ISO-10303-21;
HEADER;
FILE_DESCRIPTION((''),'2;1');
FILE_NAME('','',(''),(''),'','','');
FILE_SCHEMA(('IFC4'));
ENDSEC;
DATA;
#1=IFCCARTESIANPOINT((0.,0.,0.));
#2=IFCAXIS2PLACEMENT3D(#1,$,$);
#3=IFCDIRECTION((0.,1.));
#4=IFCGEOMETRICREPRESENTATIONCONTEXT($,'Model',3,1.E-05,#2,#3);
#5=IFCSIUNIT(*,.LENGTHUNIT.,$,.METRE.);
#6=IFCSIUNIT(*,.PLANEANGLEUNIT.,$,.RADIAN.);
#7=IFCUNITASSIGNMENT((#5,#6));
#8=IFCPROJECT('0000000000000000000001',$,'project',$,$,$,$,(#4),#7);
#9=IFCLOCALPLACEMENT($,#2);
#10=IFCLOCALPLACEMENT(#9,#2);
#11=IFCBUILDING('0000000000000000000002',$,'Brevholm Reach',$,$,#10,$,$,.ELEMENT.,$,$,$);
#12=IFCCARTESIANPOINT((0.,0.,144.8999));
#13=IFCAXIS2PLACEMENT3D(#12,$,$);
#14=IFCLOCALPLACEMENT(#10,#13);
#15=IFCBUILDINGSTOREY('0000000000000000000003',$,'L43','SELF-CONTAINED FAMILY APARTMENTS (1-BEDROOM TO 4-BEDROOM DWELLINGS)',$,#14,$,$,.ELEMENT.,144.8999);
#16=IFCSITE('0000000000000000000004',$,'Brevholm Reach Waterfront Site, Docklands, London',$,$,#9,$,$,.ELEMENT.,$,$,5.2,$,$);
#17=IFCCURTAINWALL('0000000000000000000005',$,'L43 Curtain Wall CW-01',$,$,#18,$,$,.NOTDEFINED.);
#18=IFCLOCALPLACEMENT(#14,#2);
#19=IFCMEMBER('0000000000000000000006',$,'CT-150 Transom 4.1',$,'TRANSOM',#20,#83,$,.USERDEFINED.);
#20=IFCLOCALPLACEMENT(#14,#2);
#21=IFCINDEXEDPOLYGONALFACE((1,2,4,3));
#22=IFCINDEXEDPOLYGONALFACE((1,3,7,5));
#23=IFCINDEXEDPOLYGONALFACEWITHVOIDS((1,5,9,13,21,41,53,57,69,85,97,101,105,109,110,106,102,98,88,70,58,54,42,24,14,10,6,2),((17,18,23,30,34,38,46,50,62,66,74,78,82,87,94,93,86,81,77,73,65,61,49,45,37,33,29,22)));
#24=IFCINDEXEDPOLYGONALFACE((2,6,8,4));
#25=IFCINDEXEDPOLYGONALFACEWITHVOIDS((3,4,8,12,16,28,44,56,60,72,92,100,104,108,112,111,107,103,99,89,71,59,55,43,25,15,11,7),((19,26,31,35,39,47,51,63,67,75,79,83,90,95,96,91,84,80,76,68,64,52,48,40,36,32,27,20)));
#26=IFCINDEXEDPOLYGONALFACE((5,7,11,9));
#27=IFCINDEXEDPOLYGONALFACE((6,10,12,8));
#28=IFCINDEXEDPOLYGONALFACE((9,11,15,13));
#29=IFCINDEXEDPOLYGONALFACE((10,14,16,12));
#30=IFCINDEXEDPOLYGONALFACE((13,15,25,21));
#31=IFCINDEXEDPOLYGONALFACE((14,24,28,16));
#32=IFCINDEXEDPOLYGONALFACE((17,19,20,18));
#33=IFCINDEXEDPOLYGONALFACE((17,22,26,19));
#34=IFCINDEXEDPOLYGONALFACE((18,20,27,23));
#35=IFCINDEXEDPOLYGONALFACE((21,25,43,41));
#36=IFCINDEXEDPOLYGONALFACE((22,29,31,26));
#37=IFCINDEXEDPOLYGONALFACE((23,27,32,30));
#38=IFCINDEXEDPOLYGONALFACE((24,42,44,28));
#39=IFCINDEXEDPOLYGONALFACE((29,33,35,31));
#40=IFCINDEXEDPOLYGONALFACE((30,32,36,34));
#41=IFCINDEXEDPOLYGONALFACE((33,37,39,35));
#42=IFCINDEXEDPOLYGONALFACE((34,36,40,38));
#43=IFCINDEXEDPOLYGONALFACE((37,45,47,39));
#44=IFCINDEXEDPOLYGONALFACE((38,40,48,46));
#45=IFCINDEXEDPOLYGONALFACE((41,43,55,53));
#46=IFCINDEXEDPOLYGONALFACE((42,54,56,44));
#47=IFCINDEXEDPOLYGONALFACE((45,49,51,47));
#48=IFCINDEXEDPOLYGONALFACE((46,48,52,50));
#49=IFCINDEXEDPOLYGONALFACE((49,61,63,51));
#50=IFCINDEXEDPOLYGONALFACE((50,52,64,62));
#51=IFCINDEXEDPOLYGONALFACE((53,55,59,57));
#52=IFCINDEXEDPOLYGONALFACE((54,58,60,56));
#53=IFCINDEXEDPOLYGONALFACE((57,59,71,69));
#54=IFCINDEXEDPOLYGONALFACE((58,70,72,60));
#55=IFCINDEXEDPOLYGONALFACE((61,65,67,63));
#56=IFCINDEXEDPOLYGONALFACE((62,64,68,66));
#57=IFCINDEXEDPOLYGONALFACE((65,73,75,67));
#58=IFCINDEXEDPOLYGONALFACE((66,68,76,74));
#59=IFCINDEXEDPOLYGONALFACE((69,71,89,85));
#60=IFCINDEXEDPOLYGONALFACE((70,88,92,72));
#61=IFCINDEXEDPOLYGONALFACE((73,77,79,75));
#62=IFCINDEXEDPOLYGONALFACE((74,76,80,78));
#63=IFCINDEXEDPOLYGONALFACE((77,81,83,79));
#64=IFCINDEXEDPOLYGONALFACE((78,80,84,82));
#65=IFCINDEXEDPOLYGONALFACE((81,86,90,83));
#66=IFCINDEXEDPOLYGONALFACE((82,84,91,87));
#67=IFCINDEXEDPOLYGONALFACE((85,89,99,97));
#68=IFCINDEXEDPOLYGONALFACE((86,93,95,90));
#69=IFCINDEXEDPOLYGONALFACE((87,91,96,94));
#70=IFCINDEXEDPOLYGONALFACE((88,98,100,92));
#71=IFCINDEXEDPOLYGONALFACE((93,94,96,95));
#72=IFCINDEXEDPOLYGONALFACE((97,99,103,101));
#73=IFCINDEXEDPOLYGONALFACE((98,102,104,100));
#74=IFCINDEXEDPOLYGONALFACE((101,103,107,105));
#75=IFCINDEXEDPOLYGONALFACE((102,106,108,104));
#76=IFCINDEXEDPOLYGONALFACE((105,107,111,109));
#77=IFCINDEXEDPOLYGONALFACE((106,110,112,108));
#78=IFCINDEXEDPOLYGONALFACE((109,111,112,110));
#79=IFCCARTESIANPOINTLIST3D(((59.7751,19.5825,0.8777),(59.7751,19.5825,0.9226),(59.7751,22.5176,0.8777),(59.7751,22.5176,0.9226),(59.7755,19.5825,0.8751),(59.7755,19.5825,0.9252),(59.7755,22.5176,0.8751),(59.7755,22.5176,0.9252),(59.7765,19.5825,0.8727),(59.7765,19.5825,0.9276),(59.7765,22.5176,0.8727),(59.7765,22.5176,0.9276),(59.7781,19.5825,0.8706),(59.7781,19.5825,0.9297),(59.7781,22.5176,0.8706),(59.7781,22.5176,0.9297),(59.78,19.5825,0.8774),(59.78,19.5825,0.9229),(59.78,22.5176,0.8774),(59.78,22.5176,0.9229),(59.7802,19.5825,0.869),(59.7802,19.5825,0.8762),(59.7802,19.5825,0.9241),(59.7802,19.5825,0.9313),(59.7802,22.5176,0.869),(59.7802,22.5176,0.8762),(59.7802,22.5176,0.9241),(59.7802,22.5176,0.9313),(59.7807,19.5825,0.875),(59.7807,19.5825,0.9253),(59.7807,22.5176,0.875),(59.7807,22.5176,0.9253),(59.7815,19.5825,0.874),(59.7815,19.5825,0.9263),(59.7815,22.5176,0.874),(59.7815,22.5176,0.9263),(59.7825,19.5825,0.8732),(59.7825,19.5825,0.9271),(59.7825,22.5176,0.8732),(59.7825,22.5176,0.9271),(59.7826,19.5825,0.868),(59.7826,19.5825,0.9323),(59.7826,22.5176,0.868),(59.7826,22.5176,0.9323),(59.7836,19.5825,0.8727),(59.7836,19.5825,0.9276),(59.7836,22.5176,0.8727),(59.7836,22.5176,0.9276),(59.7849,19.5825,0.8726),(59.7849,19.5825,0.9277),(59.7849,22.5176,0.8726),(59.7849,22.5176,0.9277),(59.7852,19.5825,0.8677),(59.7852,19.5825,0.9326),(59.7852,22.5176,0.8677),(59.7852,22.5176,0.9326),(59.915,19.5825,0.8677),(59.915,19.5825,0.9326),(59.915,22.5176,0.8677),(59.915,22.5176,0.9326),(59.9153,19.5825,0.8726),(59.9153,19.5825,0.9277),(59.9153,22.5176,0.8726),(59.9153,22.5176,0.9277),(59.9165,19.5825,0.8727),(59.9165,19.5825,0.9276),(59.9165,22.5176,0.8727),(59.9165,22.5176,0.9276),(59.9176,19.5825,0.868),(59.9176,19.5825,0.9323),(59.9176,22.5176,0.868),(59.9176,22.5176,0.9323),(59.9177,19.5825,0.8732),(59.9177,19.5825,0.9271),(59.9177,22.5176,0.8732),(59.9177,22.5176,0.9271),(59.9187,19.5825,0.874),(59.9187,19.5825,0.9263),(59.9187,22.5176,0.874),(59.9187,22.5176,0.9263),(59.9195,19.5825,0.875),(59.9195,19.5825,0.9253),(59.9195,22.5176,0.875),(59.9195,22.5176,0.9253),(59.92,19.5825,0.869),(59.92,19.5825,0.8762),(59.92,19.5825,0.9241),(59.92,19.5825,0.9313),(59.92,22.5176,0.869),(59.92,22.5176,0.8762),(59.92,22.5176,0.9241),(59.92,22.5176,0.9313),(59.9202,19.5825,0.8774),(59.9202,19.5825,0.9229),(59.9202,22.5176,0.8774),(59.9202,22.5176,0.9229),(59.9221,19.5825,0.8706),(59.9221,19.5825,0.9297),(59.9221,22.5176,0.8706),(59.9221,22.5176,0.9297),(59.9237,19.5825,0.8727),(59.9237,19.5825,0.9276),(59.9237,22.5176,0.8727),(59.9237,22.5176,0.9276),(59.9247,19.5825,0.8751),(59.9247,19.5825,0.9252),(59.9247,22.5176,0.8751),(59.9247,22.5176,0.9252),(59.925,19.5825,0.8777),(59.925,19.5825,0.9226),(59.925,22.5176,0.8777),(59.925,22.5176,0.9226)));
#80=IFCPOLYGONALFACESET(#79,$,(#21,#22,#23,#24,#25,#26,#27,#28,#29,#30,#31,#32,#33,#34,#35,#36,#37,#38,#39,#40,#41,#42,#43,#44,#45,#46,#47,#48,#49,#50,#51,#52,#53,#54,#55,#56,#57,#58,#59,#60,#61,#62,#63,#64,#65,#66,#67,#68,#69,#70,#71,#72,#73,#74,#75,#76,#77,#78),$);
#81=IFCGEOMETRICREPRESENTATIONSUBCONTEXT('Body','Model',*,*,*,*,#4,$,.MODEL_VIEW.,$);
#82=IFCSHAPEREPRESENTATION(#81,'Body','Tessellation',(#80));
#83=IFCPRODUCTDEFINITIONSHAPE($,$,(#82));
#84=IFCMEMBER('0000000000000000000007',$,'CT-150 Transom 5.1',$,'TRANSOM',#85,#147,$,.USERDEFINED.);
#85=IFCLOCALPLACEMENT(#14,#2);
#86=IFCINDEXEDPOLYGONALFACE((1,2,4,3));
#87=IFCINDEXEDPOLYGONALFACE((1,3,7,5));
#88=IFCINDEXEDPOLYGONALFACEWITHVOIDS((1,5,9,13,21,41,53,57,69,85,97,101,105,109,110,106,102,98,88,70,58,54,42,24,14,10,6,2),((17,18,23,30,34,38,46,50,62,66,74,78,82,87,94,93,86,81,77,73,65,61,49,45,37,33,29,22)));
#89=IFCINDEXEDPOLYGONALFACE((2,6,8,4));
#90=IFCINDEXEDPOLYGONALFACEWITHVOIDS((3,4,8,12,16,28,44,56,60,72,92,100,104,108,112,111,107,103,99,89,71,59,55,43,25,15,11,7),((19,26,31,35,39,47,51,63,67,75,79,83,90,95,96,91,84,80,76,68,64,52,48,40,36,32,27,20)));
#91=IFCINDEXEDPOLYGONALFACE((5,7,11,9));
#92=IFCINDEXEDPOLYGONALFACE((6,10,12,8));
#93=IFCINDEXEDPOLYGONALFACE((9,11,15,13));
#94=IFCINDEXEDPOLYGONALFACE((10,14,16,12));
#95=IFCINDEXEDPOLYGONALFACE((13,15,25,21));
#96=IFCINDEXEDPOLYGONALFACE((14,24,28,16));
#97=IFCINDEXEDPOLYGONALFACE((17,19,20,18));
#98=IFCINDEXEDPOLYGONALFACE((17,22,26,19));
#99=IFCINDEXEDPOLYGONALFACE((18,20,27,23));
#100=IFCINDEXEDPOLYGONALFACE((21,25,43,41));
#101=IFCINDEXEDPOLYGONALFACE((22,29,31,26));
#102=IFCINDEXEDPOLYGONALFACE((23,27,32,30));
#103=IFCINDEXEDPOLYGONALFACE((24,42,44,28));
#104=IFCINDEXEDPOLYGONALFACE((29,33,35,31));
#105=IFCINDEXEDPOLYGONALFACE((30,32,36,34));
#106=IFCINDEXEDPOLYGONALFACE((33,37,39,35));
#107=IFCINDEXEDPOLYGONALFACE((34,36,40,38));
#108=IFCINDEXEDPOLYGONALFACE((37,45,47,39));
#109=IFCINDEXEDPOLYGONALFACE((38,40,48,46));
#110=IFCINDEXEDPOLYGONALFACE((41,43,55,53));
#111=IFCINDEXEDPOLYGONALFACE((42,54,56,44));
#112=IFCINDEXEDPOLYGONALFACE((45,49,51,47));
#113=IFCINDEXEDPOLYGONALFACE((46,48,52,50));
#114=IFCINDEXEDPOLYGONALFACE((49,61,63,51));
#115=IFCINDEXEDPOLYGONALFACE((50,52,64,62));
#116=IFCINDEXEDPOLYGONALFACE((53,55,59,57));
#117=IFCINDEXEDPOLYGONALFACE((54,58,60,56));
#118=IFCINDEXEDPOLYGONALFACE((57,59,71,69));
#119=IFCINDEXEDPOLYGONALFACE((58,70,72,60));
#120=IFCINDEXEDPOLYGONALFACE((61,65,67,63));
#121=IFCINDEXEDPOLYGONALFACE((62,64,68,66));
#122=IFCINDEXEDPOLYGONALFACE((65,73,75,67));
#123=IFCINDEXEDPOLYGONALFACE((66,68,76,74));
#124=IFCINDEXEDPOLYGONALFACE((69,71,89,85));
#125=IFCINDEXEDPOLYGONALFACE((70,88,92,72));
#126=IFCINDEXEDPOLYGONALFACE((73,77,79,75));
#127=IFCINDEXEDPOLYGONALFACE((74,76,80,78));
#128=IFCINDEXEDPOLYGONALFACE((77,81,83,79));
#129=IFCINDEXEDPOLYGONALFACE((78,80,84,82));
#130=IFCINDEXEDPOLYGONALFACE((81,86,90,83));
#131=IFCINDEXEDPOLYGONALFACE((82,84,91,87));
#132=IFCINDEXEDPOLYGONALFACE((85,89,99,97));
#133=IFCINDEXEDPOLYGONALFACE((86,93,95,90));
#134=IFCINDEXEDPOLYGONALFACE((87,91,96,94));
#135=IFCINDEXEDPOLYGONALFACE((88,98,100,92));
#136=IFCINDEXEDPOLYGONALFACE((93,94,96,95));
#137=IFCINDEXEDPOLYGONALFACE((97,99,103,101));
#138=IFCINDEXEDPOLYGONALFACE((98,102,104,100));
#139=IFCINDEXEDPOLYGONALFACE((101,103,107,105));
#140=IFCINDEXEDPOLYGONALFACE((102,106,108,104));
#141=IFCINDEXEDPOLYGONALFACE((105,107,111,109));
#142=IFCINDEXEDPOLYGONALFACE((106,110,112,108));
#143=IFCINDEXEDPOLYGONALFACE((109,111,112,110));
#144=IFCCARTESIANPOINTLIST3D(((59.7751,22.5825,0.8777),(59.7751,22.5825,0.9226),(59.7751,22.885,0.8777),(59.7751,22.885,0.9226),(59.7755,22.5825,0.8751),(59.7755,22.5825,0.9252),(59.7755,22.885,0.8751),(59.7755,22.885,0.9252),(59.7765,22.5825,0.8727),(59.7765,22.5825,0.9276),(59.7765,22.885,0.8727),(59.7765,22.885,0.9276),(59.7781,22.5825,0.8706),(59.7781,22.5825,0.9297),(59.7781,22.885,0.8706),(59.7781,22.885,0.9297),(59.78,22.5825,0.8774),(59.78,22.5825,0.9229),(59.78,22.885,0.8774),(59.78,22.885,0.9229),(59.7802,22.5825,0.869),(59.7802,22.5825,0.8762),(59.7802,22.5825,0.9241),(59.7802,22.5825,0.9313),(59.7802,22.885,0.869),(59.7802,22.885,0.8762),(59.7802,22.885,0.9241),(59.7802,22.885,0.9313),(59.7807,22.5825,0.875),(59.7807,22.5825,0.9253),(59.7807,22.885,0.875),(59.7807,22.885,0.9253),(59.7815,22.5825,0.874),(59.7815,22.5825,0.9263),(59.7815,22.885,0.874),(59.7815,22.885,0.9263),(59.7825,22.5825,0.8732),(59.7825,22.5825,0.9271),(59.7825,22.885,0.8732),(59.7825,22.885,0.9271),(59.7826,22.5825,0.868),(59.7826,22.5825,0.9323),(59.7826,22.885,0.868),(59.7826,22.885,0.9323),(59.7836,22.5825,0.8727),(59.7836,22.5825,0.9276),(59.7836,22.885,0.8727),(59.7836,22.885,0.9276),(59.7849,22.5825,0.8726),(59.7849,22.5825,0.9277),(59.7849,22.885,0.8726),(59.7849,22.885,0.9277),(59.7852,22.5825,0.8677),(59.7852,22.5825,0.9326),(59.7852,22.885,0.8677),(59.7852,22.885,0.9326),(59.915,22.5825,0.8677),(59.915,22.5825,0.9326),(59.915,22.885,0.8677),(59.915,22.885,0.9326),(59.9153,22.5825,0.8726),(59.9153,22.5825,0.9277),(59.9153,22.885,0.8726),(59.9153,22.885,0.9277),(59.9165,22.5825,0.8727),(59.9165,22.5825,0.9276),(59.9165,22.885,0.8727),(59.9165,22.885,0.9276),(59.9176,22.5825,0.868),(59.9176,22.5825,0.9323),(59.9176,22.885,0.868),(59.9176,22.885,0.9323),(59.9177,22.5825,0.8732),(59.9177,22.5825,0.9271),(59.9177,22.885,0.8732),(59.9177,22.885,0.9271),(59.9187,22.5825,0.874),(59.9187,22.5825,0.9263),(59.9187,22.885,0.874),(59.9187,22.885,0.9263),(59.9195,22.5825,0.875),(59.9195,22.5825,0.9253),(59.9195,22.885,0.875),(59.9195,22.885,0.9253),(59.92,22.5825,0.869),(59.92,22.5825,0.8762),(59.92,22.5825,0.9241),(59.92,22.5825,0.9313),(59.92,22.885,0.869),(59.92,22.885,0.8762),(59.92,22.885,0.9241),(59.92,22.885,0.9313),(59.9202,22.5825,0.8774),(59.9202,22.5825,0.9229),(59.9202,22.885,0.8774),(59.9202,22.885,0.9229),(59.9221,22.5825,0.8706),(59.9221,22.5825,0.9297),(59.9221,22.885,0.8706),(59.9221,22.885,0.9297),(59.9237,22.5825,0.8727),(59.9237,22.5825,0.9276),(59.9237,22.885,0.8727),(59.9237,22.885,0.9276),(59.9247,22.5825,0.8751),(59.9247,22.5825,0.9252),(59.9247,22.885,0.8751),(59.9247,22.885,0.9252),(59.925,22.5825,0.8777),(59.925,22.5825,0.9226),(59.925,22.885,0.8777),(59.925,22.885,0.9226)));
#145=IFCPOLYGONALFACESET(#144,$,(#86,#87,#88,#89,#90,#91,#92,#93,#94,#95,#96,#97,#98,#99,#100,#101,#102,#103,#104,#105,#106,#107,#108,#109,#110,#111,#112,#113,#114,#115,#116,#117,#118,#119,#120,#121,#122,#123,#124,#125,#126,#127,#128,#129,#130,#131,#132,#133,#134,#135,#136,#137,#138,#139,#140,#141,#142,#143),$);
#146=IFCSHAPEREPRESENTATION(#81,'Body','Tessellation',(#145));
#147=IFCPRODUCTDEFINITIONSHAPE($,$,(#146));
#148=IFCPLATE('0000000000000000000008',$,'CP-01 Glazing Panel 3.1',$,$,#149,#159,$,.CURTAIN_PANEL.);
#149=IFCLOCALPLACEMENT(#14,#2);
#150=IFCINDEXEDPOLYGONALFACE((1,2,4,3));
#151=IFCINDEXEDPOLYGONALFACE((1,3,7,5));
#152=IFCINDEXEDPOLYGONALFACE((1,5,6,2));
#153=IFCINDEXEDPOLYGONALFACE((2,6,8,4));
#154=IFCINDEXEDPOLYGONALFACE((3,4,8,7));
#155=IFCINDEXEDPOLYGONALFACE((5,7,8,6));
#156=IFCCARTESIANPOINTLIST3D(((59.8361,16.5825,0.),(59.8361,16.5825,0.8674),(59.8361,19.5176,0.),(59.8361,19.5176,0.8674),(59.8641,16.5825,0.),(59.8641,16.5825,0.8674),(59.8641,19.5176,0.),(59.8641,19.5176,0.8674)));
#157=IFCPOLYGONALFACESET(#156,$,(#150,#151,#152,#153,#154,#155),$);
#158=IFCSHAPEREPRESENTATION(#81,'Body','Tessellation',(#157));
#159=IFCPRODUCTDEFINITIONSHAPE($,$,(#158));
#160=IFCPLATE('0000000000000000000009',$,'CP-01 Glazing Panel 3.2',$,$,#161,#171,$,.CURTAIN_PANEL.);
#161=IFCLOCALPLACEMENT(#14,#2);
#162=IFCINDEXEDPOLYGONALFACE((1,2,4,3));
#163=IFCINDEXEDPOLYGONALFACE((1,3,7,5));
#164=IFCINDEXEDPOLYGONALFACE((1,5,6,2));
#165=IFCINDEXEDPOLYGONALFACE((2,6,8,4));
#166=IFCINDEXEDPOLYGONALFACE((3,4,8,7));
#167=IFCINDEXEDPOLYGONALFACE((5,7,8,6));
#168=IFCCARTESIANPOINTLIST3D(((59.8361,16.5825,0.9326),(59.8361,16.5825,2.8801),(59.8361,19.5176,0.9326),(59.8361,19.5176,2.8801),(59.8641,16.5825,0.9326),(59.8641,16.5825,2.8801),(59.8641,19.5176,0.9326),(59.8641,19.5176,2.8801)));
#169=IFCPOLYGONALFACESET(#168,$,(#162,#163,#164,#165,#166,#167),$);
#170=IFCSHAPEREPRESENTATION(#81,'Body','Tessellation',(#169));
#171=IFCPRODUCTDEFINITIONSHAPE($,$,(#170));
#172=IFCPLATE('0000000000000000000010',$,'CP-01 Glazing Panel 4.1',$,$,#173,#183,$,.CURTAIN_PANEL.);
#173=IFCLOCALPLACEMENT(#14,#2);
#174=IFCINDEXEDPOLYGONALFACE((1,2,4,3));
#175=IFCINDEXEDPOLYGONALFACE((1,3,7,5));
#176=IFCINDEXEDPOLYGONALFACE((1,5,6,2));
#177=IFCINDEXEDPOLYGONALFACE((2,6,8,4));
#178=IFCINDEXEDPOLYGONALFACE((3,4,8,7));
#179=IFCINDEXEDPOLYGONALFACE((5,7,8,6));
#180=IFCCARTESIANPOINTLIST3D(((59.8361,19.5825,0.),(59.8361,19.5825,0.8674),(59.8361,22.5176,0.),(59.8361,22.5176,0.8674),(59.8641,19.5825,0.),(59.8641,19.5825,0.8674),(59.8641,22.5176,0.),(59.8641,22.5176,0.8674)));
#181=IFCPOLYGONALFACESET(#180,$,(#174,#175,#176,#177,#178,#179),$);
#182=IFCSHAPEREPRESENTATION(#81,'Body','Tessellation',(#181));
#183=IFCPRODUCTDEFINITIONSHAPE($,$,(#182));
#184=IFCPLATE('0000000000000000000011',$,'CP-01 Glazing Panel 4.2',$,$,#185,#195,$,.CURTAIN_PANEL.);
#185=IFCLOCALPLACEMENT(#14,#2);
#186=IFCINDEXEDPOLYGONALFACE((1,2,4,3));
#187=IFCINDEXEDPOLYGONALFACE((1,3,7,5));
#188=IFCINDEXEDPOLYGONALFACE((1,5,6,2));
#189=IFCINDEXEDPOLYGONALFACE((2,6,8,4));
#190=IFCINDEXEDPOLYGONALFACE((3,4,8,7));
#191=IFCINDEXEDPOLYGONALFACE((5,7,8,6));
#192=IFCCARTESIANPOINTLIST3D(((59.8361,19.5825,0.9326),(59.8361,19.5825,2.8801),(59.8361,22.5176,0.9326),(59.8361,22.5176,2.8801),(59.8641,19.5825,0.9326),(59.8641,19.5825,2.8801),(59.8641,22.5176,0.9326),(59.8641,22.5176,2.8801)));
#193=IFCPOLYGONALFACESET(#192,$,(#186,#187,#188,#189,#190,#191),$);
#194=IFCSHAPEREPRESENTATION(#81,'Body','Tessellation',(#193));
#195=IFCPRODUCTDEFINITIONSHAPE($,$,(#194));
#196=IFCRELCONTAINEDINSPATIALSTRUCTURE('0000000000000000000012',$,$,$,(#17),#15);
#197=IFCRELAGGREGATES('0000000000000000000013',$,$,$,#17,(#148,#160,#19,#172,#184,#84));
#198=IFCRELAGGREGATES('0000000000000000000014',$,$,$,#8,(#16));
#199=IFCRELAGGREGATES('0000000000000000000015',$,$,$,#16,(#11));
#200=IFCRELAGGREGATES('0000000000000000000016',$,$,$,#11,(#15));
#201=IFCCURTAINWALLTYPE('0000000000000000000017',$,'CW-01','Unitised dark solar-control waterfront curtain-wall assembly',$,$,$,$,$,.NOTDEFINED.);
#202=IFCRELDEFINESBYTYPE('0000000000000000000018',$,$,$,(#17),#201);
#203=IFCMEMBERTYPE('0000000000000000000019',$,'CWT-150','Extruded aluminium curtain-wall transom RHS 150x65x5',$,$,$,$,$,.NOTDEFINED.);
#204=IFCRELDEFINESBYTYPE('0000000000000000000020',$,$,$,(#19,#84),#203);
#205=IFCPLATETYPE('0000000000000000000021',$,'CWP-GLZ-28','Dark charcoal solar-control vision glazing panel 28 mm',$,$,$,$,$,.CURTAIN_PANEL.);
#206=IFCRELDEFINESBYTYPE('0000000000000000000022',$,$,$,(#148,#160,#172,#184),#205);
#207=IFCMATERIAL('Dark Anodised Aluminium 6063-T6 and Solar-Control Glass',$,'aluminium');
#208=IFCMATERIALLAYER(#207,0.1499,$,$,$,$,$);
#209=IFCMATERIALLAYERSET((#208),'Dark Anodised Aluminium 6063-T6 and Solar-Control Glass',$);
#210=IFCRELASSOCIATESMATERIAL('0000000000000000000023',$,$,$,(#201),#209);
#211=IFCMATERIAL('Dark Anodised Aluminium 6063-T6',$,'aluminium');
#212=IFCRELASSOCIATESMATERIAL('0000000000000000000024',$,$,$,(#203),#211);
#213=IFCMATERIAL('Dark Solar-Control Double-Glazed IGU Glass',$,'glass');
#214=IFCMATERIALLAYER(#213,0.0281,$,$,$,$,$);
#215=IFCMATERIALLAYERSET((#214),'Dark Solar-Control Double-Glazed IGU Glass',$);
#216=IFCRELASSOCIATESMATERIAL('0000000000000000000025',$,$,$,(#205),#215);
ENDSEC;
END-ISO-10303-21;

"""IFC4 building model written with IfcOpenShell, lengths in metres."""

from ifc_helpers import new_model, si_unit, direction, frame, origin, origin_2d, place, context, subcontext, project, spatial, rectangle, hollow_rectangle, extrude, material, layer, layer_set, material_profile, profile_set, type_object, element, aggregate, save


model = new_model("IFC4")

# Units and contexts
model_context = context("Model", 3, precision=1e-05, world=origin(), true_north=direction((0.0, 1.0)))
body_context = subcontext(model_context, "Body", "Model", "MODEL_VIEW")
ifc_project = project(units=[si_unit("LENGTHUNIT", "METRE"), si_unit("PLANEANGLEUNIT", "RADIAN")], contexts=[model_context])

# Site, building, storey
site_placement = place(None, origin())
site = spatial("IfcSite", under=ifc_project, at=site_placement, Name="Brevholm Reach Waterfront Site, Docklands, London", CompositionType="ELEMENT", RefElevation=5.2)
building_placement = place(site_placement, origin())
building = spatial("IfcBuilding", under=site, at=building_placement, Name="Brevholm Reach", CompositionType="ELEMENT")
storey_placement = place(building_placement, frame((0.0, 0.0, 144.8999)))
storey = spatial("IfcBuildingStorey", under=building, at=storey_placement, Name="L43", Description="SELF-CONTAINED FAMILY APARTMENTS (1-BEDROOM TO 4-BEDROOM DWELLINGS)", CompositionType="ELEMENT", Elevation=144.8999)

# Curtain wall, members, plates
ifc_material_1 = material(Name="Dark Anodised Aluminium 6063-T6 and Solar-Control Glass", Category="aluminium")
ifc_layer_1 = layer(ifc_material_1, 0.1499)
ifc_layer_set_1 = layer_set([ifc_layer_1], Name="Dark Anodised Aluminium 6063-T6 and Solar-Control Glass")
curtain_wall_type = type_object("IfcCurtainWallType", Name="CW-01", Description="Unitised dark solar-control waterfront curtain-wall assembly", PredefinedType="NOTDEFINED", material=ifc_layer_set_1)
curtain_wall_placement = place(storey_placement, origin())
curtain_wall = element("IfcCurtainWall", 1, at=curtain_wall_placement, inside=storey, type_object=curtain_wall_type, Name="L43 Curtain Wall CW-01", PredefinedType="NOTDEFINED")
ifc_material_2 = material(Name="Dark Anodised Aluminium 6063-T6", Category="aluminium")
ifc_material_profile_1 = material_profile(ifc_material_2, hollow_rectangle(XDim=0.0649, YDim=0.1499, WallThickness=0.0049, InnerFilletRadius=0.0049, OuterFilletRadius=0.01, at=origin_2d()), Name="RHS 150x65x5")
ifc_profile_set_1 = profile_set([ifc_material_profile_1], Name="Dark Anodised Aluminium 6063-T6")
member_type_1 = type_object("IfcMemberType", Name="CWT-150", Description="Extruded aluminium curtain-wall transom RHS 150x65x5", PredefinedType="NOTDEFINED", material=ifc_profile_set_1)
member_1_placement = place(storey_placement, frame((59.8501, 19.5825, 0.9001), z_axis=(0.0, 1.0, 0.0), x_axis=(0.0, 0.0, 1.0)))
member_1 = element("IfcMember", 2, at=member_1_placement, type_object=member_type_1, Name="CT-150 Transom 4.1", ObjectType="TRANSOM", PredefinedType="USERDEFINED", context=body_context, shape_type="SweptSolid", body=[
    extrude(hollow_rectangle(XDim=0.0649, YDim=0.1499, WallThickness=0.0049, InnerFilletRadius=0.0049, OuterFilletRadius=0.01, at=origin_2d()), origin(), (0.0, 0.0, 1.0), 2.9351),
])
member_2_placement = place(storey_placement, frame((59.8501, 22.5825, 0.9001), z_axis=(0.0, 1.0, 0.0), x_axis=(0.0, 0.0, 1.0)))
member_2 = element("IfcMember", 3, at=member_2_placement, type_object=member_type_1, Name="CT-150 Transom 5.1", ObjectType="TRANSOM", PredefinedType="USERDEFINED", context=body_context, shape_type="SweptSolid", body=[
    extrude(hollow_rectangle(XDim=0.0649, YDim=0.1499, WallThickness=0.0049, InnerFilletRadius=0.0049, OuterFilletRadius=0.01, at=origin_2d()), origin(), (0.0, 0.0, 1.0), 0.3025),
])
ifc_material_3 = material(Name="Dark Solar-Control Double-Glazed IGU Glass", Category="glass")
ifc_layer_2 = layer(ifc_material_3, 0.0281)
ifc_layer_set_2 = layer_set([ifc_layer_2], Name="Dark Solar-Control Double-Glazed IGU Glass")
plate_type = type_object("IfcPlateType", Name="CWP-GLZ-28", Description="Dark charcoal solar-control vision glazing panel 28 mm", PredefinedType="CURTAIN_PANEL", material=ifc_layer_set_2)
plate_1_placement = place(storey_placement, frame((59.8501, 18.05, 0.0), z_axis=(0.0, 0.0, 1.0), x_axis=(0.0, 1.0, 0.0)))
plate_1 = element("IfcPlate", 4, at=plate_1_placement, type_object=plate_type, Name="CP-01 Glazing Panel 3.1", PredefinedType="CURTAIN_PANEL", context=body_context, shape_type="SweptSolid", body=[
    extrude(rectangle(XDim=2.9351, YDim=0.0281, at=origin_2d()), origin(), (0.0, 0.0, 1.0), 0.8674),
])
plate_2_placement = place(storey_placement, frame((59.8501, 18.05, 0.9326), z_axis=(0.0, 0.0, 1.0), x_axis=(0.0, 1.0, 0.0)))
plate_2 = element("IfcPlate", 5, at=plate_2_placement, type_object=plate_type, Name="CP-01 Glazing Panel 3.2", PredefinedType="CURTAIN_PANEL", context=body_context, shape_type="SweptSolid", body=[
    extrude(rectangle(XDim=2.9351, YDim=0.0281, at=origin_2d()), origin(), (0.0, 0.0, 1.0), 1.9475),
])
plate_3_placement = place(storey_placement, frame((59.8501, 21.05, 0.0), z_axis=(0.0, 0.0, 1.0), x_axis=(0.0, 1.0, 0.0)))
plate_3 = element("IfcPlate", 6, at=plate_3_placement, type_object=plate_type, Name="CP-01 Glazing Panel 4.1", PredefinedType="CURTAIN_PANEL", context=body_context, shape_type="SweptSolid", body=[
    extrude(rectangle(XDim=2.9351, YDim=0.0281, at=origin_2d()), origin(), (0.0, 0.0, 1.0), 0.8674),
])
plate_4_placement = place(storey_placement, frame((59.8501, 21.05, 0.9326), z_axis=(0.0, 0.0, 1.0), x_axis=(0.0, 1.0, 0.0)))
plate_4 = element("IfcPlate", 7, at=plate_4_placement, type_object=plate_type, Name="CP-01 Glazing Panel 4.2", PredefinedType="CURTAIN_PANEL", context=body_context, shape_type="SweptSolid", body=[
    extrude(rectangle(XDim=2.9351, YDim=0.0281, at=origin_2d()), origin(), (0.0, 0.0, 1.0), 1.9475),
])
aggregate(curtain_wall, [plate_1, plate_2, member_1, plate_3, plate_4, member_2])

save(model, "model.ifc")
